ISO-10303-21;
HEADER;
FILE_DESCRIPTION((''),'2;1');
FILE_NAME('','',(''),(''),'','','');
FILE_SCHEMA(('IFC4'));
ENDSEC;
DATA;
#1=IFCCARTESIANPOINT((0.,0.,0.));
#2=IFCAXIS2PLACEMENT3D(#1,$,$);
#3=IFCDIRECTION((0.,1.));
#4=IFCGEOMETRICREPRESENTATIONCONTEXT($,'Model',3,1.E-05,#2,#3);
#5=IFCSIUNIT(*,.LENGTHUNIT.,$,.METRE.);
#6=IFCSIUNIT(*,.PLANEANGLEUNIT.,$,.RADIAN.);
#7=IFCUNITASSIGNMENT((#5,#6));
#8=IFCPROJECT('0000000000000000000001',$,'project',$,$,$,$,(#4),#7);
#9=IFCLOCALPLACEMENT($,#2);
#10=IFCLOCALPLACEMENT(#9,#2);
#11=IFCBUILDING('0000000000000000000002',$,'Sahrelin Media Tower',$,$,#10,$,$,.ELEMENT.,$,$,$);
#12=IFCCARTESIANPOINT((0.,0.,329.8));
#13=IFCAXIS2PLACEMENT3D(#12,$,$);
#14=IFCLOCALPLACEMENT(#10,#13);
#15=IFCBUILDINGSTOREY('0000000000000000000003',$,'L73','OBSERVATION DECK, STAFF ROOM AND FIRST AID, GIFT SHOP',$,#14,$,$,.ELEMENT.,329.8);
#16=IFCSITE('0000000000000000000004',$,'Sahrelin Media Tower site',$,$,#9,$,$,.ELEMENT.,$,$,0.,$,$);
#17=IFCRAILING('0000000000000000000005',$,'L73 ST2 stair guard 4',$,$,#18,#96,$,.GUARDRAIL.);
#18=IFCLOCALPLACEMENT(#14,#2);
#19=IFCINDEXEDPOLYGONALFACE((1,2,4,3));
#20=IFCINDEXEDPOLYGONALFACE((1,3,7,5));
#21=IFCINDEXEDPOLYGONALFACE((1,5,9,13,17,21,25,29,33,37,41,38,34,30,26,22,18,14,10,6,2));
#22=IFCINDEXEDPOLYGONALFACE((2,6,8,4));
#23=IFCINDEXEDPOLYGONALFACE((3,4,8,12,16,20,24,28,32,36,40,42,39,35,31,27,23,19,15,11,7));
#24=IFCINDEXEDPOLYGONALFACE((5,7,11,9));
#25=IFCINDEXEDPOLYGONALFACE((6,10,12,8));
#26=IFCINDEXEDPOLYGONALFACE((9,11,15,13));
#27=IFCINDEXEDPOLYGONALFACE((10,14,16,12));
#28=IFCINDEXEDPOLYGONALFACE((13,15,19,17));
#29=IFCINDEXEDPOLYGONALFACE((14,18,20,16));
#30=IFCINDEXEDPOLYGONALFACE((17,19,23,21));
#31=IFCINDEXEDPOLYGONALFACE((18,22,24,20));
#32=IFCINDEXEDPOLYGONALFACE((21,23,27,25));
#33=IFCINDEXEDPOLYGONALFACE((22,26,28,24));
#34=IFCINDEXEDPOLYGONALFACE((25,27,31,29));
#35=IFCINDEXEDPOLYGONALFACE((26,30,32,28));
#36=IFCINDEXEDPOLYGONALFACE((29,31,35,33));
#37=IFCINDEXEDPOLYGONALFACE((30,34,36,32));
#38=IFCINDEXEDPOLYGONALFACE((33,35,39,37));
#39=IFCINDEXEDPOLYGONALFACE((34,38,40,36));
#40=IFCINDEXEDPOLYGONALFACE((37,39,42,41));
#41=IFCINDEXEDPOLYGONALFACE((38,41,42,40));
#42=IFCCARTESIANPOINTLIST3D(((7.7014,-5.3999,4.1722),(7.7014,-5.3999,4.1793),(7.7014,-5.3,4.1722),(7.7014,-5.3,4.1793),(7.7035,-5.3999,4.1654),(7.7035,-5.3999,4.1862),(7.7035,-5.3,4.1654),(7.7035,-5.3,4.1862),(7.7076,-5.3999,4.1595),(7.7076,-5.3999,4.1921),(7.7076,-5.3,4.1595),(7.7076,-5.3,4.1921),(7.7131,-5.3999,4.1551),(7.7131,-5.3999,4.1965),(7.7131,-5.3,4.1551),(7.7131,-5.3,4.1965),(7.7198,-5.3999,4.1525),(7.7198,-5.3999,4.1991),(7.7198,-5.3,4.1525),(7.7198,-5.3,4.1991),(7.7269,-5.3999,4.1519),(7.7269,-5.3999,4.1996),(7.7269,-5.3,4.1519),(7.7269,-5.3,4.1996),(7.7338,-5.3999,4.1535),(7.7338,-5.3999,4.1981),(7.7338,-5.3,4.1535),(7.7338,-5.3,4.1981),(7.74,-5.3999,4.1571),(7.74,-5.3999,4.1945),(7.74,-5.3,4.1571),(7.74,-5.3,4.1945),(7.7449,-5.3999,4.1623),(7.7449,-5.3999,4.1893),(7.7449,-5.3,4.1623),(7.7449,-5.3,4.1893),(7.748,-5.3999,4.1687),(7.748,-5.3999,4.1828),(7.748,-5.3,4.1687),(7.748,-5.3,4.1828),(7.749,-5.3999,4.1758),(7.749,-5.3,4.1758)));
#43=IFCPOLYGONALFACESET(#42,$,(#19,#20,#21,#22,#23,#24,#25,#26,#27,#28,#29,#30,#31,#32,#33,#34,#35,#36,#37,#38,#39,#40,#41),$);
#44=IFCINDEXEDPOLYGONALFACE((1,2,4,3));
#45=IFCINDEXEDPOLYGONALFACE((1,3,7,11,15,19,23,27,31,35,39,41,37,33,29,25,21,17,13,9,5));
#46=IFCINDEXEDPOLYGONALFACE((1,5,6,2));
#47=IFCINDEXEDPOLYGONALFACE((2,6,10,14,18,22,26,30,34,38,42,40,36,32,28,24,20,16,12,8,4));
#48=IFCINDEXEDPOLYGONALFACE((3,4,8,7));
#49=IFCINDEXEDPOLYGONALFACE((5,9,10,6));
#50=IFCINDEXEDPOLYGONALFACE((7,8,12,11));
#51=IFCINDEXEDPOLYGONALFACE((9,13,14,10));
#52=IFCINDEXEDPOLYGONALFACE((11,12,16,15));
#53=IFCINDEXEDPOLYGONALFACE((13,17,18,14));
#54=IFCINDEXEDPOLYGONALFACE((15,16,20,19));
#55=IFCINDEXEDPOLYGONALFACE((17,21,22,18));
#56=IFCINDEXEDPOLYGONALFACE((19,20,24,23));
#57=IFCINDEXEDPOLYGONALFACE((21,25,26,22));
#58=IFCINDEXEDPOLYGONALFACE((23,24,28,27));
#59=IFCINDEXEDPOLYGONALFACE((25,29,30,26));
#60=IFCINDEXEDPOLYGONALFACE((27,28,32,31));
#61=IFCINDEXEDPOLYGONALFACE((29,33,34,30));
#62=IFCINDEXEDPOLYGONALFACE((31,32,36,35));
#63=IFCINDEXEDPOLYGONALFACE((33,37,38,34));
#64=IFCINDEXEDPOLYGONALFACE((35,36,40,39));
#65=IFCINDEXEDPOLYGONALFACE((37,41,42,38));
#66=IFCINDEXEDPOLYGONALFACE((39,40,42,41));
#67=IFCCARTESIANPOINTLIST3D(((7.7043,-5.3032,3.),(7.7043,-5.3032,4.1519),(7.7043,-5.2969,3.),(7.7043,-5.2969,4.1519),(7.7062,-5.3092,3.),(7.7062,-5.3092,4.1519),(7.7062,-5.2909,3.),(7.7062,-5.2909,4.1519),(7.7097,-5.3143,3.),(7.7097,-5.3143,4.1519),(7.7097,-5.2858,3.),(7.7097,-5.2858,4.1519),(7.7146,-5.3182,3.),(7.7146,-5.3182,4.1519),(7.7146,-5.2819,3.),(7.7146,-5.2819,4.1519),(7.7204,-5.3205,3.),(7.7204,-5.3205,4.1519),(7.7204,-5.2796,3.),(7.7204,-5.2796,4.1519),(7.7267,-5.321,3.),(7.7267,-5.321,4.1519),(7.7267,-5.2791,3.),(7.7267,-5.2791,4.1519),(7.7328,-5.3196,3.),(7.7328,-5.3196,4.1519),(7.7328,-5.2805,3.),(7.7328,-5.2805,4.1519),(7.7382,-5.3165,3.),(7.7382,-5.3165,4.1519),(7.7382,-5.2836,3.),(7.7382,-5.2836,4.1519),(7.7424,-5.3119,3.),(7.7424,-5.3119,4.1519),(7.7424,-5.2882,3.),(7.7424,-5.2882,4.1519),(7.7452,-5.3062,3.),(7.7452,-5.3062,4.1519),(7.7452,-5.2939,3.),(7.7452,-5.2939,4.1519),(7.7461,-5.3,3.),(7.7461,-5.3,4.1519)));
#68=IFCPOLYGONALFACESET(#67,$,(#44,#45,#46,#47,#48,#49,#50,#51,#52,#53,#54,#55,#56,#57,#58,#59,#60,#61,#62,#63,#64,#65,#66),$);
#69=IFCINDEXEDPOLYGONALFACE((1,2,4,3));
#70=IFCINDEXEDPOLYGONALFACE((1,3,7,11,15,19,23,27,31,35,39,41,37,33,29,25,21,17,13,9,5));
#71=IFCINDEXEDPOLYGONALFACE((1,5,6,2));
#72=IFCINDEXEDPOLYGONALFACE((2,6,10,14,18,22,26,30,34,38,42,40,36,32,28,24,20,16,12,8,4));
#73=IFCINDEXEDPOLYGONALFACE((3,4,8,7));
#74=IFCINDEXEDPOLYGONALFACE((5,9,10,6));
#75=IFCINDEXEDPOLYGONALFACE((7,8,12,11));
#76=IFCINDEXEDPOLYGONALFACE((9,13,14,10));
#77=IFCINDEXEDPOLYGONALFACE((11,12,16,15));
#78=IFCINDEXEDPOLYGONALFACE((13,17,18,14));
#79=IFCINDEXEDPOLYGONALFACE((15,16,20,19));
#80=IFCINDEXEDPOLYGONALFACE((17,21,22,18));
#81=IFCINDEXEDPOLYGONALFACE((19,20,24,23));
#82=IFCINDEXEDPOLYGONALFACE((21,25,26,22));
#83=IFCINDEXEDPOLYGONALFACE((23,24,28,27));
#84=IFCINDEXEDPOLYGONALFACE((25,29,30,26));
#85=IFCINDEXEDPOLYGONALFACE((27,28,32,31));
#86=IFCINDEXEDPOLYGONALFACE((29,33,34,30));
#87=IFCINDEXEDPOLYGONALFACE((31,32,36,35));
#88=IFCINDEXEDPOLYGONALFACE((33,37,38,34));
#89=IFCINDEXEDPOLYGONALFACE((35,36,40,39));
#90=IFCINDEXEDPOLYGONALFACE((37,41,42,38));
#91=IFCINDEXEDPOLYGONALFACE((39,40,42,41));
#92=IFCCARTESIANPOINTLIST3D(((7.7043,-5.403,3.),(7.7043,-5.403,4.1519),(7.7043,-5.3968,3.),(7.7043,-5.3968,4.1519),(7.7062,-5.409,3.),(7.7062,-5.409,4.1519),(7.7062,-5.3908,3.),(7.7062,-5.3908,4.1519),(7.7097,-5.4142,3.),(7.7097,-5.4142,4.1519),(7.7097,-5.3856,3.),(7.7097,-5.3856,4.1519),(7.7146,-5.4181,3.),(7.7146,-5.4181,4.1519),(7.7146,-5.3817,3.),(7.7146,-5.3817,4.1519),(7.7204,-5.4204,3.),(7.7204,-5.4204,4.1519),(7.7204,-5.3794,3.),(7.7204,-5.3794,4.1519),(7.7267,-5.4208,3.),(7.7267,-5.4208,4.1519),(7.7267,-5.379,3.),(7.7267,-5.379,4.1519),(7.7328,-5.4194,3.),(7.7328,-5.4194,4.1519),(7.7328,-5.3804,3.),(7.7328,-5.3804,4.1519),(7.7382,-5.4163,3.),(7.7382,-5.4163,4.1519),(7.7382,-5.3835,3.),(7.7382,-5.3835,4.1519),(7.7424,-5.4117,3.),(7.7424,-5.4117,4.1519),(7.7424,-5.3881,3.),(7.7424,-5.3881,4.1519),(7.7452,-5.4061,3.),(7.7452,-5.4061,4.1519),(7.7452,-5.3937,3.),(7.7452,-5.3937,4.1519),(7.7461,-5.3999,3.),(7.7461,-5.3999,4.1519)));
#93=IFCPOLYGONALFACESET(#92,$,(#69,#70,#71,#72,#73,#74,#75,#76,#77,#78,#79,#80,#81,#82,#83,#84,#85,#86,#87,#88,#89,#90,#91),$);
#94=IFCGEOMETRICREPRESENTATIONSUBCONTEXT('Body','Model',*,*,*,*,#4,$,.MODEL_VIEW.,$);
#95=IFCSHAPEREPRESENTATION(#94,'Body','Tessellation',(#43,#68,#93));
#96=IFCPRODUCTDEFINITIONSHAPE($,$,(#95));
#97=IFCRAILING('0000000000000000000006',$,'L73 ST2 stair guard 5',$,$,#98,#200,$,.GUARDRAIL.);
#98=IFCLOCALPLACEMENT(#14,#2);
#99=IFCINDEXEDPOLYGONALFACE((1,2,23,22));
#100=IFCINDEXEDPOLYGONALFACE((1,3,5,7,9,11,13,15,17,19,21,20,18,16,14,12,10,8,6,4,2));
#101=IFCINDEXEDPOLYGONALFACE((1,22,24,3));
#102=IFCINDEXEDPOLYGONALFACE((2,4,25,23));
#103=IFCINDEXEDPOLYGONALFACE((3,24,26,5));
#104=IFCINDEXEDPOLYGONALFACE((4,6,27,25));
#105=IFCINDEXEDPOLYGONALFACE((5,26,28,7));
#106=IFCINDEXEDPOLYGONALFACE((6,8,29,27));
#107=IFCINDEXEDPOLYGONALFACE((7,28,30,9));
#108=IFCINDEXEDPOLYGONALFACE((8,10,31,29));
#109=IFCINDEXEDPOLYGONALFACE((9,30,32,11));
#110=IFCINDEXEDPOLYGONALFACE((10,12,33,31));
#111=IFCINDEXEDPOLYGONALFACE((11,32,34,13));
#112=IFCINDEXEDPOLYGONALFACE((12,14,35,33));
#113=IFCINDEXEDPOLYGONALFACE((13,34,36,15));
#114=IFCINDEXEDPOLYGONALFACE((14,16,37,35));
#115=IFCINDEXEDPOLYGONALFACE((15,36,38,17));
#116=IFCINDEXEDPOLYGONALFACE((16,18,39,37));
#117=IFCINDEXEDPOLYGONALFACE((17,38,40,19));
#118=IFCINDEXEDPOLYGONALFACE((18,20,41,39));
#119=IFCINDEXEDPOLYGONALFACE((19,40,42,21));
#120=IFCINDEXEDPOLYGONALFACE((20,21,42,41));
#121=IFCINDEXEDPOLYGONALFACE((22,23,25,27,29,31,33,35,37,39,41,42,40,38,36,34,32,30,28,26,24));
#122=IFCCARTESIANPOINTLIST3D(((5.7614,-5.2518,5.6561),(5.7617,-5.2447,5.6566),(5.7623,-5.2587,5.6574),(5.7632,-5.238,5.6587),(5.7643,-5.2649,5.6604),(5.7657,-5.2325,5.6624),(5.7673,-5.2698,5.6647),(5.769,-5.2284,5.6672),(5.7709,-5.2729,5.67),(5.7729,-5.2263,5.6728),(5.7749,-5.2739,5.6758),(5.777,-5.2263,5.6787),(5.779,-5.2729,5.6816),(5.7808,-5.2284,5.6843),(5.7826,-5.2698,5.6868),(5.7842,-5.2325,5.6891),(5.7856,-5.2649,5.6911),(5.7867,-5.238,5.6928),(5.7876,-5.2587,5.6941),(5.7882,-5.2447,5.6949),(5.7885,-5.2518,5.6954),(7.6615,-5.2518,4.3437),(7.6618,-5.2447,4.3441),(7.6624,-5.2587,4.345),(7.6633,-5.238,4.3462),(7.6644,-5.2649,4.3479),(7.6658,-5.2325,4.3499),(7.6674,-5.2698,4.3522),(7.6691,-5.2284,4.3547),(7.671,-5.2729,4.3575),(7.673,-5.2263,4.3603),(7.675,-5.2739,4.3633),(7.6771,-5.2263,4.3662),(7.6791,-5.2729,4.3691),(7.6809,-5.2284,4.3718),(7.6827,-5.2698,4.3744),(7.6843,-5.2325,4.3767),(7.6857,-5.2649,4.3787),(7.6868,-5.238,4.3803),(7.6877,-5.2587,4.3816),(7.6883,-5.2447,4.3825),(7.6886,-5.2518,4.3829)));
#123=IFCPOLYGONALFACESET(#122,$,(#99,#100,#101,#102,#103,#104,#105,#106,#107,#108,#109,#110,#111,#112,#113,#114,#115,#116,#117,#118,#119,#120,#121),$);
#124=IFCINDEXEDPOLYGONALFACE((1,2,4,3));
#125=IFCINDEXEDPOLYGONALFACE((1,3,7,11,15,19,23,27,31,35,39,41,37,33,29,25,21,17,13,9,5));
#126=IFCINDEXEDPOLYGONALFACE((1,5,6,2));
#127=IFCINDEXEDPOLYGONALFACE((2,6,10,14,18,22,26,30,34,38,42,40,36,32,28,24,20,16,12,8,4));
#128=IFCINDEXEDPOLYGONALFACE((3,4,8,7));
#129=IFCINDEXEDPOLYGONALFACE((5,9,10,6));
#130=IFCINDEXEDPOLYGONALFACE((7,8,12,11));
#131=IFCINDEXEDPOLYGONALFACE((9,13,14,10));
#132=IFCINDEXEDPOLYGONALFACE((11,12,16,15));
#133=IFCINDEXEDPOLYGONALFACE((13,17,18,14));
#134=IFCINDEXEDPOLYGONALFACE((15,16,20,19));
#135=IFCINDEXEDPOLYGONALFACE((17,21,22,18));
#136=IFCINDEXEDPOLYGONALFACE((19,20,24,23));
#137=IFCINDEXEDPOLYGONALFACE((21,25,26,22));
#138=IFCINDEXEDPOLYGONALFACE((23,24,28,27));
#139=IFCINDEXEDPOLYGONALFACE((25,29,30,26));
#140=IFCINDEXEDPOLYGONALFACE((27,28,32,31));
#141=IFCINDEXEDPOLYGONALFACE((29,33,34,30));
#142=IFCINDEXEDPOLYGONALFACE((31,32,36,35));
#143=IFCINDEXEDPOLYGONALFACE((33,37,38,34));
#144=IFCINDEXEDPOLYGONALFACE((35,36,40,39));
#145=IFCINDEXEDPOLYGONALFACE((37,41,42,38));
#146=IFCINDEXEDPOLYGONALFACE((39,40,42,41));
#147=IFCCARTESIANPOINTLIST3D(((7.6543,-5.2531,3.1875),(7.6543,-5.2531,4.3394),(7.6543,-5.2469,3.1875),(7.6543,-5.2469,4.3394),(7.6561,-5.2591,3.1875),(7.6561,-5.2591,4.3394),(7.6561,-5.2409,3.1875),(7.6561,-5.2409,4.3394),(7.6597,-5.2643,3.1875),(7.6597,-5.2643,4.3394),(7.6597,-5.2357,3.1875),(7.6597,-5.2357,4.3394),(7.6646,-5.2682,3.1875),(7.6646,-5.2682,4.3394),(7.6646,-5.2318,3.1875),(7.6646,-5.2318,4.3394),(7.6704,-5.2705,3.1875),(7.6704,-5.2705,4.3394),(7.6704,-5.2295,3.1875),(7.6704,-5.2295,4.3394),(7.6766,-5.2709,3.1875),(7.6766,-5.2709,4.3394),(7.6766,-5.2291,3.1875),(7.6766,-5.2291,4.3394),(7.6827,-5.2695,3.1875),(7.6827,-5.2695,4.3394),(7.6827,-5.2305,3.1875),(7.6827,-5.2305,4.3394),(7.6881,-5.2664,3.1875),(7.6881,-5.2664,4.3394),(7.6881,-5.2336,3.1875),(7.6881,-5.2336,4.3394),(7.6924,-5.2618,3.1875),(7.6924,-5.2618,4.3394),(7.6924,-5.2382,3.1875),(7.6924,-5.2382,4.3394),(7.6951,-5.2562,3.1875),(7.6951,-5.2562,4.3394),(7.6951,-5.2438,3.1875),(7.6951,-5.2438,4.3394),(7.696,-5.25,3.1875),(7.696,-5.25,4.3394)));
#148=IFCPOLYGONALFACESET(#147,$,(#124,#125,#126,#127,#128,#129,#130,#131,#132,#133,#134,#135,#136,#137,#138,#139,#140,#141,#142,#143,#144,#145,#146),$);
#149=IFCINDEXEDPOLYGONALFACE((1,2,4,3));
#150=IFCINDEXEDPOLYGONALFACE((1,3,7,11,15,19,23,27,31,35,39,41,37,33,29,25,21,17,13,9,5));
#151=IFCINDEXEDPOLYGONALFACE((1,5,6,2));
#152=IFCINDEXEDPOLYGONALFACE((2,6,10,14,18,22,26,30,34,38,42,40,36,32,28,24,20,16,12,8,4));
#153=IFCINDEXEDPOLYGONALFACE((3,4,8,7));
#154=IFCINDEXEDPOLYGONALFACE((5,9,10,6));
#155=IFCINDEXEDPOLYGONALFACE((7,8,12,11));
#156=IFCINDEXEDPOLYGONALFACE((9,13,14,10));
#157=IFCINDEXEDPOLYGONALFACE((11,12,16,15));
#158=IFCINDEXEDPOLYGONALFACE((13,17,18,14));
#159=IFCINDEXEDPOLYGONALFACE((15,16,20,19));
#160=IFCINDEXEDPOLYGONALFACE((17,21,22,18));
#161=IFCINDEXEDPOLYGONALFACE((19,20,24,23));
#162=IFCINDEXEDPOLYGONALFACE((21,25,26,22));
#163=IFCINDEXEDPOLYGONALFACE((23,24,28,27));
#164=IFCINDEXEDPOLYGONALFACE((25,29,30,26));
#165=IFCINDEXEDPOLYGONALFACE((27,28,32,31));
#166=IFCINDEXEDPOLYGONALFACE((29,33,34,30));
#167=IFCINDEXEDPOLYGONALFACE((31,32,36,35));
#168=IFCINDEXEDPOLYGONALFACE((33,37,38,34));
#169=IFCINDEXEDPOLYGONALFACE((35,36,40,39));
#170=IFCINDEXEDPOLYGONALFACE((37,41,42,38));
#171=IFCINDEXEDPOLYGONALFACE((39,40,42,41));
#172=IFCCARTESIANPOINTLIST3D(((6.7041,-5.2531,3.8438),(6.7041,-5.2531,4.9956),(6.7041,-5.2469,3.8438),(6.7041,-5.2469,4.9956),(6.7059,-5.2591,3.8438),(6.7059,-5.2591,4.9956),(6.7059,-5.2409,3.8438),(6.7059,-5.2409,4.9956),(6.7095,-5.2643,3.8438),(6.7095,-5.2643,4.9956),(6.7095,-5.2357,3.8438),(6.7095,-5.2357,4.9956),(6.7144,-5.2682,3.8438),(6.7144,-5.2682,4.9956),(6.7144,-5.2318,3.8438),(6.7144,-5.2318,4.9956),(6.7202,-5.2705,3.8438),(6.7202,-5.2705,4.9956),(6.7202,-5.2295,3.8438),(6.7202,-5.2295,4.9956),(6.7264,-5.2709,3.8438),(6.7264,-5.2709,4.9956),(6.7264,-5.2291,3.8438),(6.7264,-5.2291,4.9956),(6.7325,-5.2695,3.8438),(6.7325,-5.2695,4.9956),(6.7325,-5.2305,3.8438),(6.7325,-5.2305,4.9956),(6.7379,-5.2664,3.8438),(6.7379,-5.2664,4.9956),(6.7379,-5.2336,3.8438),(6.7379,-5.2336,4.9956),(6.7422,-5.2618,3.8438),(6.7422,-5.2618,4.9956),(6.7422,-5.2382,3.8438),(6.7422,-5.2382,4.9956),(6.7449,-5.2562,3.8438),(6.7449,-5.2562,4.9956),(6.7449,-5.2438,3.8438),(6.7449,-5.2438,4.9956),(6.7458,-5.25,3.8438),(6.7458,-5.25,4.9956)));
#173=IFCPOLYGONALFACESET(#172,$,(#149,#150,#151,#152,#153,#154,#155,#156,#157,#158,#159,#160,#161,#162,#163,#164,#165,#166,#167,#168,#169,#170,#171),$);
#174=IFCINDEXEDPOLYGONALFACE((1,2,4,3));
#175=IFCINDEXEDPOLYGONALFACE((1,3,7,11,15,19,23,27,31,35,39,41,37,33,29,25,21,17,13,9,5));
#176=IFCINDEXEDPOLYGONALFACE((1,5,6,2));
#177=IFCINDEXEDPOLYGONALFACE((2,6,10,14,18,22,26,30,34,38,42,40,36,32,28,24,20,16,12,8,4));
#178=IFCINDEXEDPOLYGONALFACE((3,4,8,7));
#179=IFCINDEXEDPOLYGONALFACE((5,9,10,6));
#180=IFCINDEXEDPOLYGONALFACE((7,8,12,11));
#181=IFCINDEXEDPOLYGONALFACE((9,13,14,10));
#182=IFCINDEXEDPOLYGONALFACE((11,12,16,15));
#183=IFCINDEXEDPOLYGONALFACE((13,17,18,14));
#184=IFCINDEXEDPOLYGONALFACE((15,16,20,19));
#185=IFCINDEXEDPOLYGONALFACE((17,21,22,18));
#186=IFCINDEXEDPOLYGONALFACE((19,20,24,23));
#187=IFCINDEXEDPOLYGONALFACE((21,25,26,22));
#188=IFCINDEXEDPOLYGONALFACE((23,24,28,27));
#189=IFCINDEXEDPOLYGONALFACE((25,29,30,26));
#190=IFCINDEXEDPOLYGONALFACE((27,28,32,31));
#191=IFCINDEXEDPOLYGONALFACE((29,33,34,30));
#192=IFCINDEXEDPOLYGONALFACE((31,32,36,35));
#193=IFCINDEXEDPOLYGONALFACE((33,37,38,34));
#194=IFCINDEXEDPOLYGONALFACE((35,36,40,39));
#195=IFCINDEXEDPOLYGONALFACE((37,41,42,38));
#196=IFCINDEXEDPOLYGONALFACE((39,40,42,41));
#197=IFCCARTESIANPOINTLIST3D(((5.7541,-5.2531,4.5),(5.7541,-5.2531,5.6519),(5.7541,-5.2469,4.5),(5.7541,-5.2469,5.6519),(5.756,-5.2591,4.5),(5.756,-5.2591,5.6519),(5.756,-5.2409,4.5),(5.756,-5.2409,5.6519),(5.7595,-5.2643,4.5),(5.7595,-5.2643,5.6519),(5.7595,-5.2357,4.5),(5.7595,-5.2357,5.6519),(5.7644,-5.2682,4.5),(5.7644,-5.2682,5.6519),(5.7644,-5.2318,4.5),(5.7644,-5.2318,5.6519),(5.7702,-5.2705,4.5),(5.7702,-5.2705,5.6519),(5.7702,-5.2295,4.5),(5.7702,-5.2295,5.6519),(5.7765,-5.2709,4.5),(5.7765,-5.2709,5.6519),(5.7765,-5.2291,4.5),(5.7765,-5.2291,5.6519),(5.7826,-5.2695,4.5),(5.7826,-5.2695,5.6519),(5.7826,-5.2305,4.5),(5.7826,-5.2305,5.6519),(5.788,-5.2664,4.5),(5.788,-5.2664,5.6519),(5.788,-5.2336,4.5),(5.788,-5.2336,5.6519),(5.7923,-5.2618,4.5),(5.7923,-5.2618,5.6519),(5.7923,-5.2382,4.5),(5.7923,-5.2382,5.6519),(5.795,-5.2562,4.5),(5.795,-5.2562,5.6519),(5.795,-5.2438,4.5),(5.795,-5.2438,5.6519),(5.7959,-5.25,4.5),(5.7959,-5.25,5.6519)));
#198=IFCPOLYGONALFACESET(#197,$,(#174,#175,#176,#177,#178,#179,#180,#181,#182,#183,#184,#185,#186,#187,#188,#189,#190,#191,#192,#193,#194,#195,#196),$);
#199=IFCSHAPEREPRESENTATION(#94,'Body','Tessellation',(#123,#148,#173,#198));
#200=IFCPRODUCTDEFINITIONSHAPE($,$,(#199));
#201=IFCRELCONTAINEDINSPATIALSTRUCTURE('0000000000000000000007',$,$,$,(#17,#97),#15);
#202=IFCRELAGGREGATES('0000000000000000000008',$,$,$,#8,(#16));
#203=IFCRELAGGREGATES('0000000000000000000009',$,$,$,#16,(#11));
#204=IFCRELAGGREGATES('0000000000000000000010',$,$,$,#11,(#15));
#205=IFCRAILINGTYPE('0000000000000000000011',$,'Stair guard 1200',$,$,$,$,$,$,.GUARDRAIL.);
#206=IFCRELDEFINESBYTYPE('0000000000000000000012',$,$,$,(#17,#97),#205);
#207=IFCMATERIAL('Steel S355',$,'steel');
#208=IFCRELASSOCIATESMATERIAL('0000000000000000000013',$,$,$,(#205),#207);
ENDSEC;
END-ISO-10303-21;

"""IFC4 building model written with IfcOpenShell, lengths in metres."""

from ifc_helpers import new_model, si_unit, direction, frame, origin, origin_2d, place, context, subcontext, project, spatial, circle, extrude, material, type_object, element, save


model = new_model("IFC4")

# Units and contexts
model_context = context("Model", 3, precision=1e-05, world=origin(), true_north=direction((0.0, 1.0)))
body_context = subcontext(model_context, "Body", "Model", "MODEL_VIEW")
ifc_project = project(units=[si_unit("LENGTHUNIT", "METRE"), si_unit("PLANEANGLEUNIT", "RADIAN")], contexts=[model_context])

# Site, building, storey
site_placement = place(None, origin())
site = spatial("IfcSite", under=ifc_project, at=site_placement, Name="Sahrelin Media Tower site", CompositionType="ELEMENT", RefElevation=0.0)
building_placement = place(site_placement, origin())
building = spatial("IfcBuilding", under=site, at=building_placement, Name="Sahrelin Media Tower", CompositionType="ELEMENT")
storey_placement = place(building_placement, frame((0.0, 0.0, 329.8)))
storey = spatial("IfcBuildingStorey", under=building, at=storey_placement, Name="L73", Description="OBSERVATION DECK, STAFF ROOM AND FIRST AID, GIFT SHOP", CompositionType="ELEMENT", Elevation=329.8)

# Shared definitions
ifc_material_1 = material(Name="Steel S355", Category="steel")

# Railings
railing_type_1 = type_object("IfcRailingType", Name="Stair guard 1200", PredefinedType="GUARDRAIL", material=ifc_material_1)
railing_1_placement = place(storey_placement, frame((7.7251, -5.3, 3.0)))
element("IfcRailing", 1, at=railing_1_placement, inside=storey, type_object=railing_type_1, Name="L73 ST2 stair guard 4", PredefinedType="GUARDRAIL", context=body_context, shape_type="SweptSolid", body=[
    extrude(circle(Radius=0.0239, at=origin_2d()), frame((0.0, 0.0, 1.1758), z_axis=(0.0, -1.0, 0.0), x_axis=(1.0, 0.0, 0.0)), (0.0, 0.0, 1.0), 0.0999),
    extrude(circle(Radius=0.021, at=origin_2d()), origin(), (0.0, 0.0, 1.0), 1.1519),
    extrude(circle(Radius=0.021, at=origin_2d()), frame((0.0, -0.0999, 0.0)), (0.0, 0.0, 1.0), 1.1519),
])
railing_2_placement = place(storey_placement, frame((7.675, -5.25, 3.1875)))
element("IfcRailing", 2, at=railing_2_placement, inside=storey, type_object=railing_type_1, Name="L73 ST2 stair guard 5", PredefinedType="GUARDRAIL", context=body_context, shape_type="SweptSolid", body=[
    extrude(circle(Radius=0.0239, at=origin_2d()), frame((0.0, 0.0, 1.1758), z_axis=(-0.822797, 0.0, 0.568336), x_axis=(0.0, -1.0, 0.0)), (0.0, 0.0, 1.0), 2.3093),
    extrude(circle(Radius=0.021, at=origin_2d()), origin(), (0.0, 0.0, 1.0), 1.1519),
    extrude(circle(Radius=0.021, at=origin_2d()), frame((-0.9502, 0.0, 0.6562)), (0.0, 0.0, 1.0), 1.1519),
    extrude(circle(Radius=0.021, at=origin_2d()), frame((-1.9001, 0.0, 1.3125)), (0.0, 0.0, 1.0), 1.1519),
])

save(model, "model.ifc")
